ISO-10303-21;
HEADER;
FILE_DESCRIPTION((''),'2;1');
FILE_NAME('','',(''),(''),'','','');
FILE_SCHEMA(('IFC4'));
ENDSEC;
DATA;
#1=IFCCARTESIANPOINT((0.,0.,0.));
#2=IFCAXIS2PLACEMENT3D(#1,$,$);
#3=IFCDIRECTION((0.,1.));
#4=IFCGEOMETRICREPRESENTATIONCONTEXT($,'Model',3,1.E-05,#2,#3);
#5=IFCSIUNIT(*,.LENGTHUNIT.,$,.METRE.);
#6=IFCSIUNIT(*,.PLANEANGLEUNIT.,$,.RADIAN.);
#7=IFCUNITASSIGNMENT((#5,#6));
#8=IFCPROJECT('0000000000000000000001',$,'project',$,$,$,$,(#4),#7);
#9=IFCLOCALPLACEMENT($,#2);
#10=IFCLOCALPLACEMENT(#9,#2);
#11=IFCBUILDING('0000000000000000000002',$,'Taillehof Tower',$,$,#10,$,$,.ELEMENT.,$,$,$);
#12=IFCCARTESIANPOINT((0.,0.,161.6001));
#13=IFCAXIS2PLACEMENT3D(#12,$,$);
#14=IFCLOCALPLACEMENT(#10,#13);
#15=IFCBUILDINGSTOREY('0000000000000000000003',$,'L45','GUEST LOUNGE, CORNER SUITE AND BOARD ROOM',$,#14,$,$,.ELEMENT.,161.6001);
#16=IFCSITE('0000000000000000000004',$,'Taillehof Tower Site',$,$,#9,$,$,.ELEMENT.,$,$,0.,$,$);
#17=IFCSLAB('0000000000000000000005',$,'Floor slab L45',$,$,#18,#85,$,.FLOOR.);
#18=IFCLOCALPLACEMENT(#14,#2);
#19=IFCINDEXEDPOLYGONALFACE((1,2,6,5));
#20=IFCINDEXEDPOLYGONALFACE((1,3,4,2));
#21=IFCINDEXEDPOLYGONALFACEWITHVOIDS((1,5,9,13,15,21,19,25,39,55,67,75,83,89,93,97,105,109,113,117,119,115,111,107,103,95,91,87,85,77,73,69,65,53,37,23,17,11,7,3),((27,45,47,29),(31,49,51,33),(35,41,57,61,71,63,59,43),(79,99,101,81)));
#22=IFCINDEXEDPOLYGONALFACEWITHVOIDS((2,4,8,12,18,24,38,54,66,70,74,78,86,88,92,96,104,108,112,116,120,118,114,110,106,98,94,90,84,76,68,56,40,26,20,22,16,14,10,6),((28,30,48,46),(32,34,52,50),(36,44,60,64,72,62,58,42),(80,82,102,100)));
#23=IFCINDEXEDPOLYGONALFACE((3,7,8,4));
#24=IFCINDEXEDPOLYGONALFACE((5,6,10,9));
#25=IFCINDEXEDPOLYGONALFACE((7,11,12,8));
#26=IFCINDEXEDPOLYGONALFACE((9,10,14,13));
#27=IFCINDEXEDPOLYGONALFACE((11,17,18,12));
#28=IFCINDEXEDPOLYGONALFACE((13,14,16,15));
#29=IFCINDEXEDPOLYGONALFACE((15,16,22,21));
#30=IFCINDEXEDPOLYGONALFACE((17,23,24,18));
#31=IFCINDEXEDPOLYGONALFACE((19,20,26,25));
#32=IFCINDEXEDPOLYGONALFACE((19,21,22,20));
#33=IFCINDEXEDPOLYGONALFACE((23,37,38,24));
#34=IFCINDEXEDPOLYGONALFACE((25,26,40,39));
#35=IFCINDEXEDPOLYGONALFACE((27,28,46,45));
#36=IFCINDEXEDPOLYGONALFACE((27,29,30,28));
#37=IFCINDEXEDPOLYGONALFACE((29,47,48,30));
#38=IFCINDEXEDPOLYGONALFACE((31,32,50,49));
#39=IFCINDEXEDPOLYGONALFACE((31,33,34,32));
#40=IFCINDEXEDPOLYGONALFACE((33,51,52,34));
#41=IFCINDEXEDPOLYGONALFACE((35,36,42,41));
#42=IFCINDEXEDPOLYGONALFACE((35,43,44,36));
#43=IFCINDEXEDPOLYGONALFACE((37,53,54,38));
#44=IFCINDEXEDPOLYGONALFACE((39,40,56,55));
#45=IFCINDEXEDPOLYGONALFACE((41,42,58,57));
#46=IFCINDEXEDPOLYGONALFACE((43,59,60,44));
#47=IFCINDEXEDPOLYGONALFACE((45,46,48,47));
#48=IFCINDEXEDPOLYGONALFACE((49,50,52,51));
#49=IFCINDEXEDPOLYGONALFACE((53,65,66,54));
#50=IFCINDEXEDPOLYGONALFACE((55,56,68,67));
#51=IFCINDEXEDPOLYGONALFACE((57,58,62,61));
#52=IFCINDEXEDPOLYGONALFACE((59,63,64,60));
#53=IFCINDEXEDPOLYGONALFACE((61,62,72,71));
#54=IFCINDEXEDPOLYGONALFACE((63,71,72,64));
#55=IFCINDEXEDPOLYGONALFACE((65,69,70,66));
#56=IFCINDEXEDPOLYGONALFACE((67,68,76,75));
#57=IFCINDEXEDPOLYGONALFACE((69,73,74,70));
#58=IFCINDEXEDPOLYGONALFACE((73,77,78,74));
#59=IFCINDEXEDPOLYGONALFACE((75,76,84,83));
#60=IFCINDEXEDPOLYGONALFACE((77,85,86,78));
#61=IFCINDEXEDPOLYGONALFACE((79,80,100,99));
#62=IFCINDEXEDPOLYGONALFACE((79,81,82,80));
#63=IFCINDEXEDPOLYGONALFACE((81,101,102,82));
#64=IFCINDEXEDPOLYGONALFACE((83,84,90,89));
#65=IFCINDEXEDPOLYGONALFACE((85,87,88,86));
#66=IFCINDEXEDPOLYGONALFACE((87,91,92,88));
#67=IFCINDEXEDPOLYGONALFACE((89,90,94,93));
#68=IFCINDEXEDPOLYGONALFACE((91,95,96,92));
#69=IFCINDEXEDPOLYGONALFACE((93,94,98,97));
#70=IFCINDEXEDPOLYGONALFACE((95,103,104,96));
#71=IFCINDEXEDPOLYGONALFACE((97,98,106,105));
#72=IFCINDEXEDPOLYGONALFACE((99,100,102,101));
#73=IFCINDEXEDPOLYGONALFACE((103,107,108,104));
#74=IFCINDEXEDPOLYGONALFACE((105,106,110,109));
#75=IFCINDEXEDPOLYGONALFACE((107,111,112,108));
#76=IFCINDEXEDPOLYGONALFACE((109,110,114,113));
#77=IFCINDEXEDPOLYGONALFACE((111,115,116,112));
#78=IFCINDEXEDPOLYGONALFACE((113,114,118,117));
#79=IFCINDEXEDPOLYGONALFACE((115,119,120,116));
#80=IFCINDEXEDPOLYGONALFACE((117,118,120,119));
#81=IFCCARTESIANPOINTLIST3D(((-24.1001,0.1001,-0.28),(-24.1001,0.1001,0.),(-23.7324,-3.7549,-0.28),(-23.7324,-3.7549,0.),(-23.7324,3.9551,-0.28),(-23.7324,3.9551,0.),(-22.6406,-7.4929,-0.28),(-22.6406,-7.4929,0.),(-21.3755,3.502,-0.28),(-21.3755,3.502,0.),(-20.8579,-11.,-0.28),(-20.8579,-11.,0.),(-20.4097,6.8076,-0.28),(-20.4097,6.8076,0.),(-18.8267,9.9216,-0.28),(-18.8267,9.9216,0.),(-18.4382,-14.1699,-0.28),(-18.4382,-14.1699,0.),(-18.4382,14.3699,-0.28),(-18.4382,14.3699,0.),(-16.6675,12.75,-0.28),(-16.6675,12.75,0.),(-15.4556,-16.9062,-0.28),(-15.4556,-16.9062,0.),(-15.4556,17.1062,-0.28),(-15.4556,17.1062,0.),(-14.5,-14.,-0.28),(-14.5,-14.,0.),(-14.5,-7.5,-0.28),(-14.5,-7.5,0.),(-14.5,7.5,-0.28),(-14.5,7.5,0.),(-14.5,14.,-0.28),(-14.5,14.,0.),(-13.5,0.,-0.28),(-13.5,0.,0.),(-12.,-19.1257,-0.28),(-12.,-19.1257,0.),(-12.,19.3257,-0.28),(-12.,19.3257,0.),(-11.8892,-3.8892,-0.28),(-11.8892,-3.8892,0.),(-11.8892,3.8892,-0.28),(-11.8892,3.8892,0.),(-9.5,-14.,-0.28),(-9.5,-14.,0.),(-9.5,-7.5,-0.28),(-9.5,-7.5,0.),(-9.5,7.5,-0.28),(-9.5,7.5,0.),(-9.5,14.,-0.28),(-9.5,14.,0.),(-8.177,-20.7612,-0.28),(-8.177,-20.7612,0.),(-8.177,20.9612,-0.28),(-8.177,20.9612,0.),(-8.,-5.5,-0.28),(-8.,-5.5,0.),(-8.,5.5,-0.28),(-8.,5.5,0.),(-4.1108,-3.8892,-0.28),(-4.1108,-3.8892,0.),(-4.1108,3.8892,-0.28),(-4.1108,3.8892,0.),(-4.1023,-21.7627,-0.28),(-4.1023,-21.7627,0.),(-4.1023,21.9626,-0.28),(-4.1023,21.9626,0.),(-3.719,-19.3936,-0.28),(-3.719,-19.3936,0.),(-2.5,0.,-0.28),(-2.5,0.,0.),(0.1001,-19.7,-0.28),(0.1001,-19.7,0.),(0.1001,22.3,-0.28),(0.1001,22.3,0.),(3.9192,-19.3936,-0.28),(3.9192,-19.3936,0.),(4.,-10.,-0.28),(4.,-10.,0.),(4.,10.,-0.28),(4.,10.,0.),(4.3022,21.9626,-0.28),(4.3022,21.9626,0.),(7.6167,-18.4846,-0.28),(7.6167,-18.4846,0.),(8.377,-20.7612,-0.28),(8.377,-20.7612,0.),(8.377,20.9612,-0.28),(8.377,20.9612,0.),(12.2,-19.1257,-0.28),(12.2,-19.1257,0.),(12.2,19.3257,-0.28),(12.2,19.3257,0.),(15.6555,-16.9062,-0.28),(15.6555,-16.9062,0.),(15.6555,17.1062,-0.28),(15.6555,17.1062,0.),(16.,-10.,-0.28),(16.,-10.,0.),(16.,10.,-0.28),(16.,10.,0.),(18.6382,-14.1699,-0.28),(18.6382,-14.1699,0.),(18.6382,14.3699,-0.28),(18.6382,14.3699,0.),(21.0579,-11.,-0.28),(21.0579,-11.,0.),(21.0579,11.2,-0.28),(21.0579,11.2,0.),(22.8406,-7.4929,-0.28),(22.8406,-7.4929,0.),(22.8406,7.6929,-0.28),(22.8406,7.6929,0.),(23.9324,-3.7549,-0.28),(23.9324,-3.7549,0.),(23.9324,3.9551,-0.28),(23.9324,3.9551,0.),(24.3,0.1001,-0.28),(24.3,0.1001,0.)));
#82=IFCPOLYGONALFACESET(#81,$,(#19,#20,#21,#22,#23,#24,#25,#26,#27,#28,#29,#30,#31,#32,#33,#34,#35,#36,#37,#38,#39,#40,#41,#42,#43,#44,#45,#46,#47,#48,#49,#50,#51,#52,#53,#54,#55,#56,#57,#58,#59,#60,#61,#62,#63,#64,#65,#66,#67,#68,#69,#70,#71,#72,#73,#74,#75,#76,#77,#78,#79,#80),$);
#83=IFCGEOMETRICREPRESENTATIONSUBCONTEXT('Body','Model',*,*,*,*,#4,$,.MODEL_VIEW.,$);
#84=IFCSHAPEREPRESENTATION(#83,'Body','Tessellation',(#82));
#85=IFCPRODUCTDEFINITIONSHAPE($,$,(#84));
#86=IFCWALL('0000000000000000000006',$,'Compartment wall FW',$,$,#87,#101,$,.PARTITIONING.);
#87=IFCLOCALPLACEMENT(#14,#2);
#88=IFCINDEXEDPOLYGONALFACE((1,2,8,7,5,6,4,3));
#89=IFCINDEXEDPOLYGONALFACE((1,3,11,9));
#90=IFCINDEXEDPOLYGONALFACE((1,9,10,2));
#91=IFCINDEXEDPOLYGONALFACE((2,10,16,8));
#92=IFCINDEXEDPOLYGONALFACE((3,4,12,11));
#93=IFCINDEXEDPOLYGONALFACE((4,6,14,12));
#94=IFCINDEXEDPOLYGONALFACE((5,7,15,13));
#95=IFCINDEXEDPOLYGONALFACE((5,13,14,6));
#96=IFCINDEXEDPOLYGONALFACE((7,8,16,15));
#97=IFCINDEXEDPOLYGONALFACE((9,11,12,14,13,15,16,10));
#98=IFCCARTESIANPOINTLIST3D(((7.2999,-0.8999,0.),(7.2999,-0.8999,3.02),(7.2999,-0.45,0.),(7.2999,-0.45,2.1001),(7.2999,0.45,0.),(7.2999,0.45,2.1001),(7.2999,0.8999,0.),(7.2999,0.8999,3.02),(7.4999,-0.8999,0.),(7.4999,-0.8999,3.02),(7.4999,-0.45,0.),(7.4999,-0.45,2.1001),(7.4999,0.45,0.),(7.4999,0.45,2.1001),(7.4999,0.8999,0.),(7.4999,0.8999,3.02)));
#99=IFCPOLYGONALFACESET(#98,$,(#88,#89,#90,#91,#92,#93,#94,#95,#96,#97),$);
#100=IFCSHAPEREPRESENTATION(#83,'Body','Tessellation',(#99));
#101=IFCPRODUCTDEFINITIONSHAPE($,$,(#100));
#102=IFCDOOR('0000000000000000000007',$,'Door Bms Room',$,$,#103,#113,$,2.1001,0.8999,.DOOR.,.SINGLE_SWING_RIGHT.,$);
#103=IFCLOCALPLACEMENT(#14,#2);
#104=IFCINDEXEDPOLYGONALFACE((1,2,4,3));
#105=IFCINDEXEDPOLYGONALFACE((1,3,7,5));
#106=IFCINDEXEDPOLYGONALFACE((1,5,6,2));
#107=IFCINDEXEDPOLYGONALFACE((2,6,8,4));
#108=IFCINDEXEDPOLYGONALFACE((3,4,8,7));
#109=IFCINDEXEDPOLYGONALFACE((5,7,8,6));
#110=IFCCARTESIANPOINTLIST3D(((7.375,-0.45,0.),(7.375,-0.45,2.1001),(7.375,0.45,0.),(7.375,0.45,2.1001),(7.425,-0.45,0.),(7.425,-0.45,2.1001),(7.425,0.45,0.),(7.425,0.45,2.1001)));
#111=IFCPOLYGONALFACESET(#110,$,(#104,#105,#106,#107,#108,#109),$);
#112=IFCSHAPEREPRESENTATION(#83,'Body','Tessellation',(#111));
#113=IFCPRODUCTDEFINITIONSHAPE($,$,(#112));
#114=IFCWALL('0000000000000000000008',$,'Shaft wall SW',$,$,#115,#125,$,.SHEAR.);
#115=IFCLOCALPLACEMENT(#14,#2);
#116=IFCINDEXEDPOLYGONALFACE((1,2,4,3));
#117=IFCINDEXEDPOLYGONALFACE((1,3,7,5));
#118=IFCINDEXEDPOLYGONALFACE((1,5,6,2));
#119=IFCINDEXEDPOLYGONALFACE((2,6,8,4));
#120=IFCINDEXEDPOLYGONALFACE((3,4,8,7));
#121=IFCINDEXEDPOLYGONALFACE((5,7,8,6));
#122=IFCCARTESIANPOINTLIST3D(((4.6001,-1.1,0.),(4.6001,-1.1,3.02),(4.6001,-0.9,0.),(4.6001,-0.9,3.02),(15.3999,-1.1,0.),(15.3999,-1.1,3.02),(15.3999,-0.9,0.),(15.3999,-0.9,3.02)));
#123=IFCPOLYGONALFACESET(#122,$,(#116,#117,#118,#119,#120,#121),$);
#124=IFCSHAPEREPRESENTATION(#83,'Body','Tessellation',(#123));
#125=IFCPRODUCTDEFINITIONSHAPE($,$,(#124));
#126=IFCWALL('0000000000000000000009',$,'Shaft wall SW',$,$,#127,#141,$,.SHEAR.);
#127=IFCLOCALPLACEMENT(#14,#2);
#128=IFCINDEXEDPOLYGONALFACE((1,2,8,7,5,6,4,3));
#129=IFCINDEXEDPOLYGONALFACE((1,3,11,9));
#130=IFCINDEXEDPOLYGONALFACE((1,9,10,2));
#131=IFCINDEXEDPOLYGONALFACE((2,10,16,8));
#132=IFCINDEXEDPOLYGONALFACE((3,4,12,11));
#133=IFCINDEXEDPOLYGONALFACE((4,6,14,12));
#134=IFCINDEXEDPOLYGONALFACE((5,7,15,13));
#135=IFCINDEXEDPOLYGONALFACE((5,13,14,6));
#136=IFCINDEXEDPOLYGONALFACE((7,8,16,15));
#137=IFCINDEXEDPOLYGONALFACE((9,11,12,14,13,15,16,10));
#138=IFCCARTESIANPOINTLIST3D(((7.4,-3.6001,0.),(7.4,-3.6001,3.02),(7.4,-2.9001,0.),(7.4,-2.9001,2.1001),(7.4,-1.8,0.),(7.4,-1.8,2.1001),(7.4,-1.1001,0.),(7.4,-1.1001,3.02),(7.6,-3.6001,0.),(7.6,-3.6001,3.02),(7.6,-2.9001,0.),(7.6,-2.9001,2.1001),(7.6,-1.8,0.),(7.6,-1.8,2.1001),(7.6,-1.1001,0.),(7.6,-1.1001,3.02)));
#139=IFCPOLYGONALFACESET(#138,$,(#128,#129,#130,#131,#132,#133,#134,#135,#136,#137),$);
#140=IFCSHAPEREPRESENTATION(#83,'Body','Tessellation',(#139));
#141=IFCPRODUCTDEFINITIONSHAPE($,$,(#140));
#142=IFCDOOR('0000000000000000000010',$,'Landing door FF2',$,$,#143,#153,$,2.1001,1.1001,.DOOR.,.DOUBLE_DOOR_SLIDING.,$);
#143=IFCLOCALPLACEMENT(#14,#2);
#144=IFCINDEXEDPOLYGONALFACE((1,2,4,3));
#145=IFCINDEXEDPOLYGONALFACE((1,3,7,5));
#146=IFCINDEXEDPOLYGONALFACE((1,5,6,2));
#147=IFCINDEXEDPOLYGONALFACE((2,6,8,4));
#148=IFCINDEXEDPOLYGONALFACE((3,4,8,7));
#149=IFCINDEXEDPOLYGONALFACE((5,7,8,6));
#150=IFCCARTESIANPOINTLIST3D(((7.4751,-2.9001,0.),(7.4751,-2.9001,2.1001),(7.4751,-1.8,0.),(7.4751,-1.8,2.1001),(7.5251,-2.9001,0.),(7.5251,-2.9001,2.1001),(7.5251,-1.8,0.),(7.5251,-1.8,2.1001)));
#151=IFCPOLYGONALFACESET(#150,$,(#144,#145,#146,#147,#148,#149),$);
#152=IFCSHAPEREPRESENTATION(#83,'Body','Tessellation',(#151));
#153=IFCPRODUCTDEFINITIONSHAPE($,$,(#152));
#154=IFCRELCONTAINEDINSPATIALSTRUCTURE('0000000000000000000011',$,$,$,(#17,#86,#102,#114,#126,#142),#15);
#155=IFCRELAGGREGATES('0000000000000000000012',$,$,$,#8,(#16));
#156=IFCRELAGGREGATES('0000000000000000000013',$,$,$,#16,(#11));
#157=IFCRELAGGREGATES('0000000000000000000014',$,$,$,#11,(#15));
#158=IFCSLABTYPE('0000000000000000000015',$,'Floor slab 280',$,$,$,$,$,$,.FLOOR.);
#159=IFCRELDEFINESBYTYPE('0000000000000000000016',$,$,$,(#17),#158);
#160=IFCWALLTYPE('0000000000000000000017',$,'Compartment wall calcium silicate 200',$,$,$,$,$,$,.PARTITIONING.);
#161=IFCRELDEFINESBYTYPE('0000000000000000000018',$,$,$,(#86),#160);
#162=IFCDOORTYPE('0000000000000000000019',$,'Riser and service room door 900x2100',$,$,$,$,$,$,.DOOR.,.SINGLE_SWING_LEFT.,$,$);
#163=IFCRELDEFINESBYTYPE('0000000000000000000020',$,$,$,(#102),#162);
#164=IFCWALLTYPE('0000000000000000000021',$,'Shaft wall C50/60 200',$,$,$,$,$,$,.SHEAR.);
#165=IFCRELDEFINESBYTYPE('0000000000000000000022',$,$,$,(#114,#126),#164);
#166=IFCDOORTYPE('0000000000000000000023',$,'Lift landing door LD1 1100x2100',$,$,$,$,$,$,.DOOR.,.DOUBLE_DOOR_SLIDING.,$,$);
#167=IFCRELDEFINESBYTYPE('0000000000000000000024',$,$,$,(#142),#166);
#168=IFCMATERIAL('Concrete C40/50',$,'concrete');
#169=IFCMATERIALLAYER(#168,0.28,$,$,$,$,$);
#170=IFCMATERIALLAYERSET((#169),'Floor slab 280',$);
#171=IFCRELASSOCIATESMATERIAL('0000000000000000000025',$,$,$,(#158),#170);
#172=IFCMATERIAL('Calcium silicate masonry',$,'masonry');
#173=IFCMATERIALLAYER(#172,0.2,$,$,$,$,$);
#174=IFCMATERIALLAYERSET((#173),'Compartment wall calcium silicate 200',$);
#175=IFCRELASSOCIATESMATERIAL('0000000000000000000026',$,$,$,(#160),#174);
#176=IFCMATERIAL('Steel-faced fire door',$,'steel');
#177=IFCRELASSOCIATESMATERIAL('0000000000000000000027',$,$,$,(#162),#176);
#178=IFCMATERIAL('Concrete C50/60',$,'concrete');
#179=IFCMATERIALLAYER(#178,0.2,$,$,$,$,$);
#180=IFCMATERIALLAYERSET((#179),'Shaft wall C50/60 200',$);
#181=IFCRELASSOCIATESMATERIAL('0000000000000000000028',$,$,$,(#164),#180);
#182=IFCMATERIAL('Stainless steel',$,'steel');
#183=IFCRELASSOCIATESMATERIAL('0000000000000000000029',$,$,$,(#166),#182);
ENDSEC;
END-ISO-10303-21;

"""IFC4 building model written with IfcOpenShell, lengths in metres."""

from ifc_helpers import new_model, si_unit, direction, frame, frame_2d, origin, place, context, subcontext, project, spatial, polyline, rectangle, outline, extrude, material, layer, layer_set, type_object, element, fill, save


model = new_model("IFC4")

# Units and contexts
model_context = context("Model", 3, precision=1e-05, world=origin(), true_north=direction((0.0, 1.0)))
body_context = subcontext(model_context, "Body", "Model", "MODEL_VIEW")
ifc_project = project(units=[si_unit("LENGTHUNIT", "METRE"), si_unit("PLANEANGLEUNIT", "RADIAN")], contexts=[model_context])

# Site, building, storey
site_placement = place(None, origin())
site = spatial("IfcSite", under=ifc_project, at=site_placement, Name="Taillehof Tower Site", CompositionType="ELEMENT", RefElevation=0.0)
building_placement = place(site_placement, origin())
building = spatial("IfcBuilding", under=site, at=building_placement, Name="Taillehof Tower", CompositionType="ELEMENT")
storey_placement = place(building_placement, frame((0.0, 0.0, 161.6001)))
storey = spatial("IfcBuildingStorey", under=building, at=storey_placement, Name="L45", Description="GUEST LOUNGE, CORNER SUITE AND BOARD ROOM", CompositionType="ELEMENT", Elevation=161.6001)

# Slab
ifc_material_1 = material(Name="Concrete C40/50", Category="concrete")
ifc_layer_1 = layer(ifc_material_1, 0.28)
ifc_layer_set_1 = layer_set([ifc_layer_1], Name="Floor slab 280")
slab_type_1 = type_object("IfcSlabType", Name="Floor slab 280", PredefinedType="FLOOR", material=ifc_layer_set_1)
slab_1_placement = place(storey_placement, frame((0.0, 0.0, -0.28)))
element("IfcSlab", 1, at=slab_1_placement, inside=storey, type_object=slab_type_1, Name="Floor slab L45", PredefinedType="FLOOR", context=body_context, shape_type="SweptSolid", body=[
    extrude(outline(polyline([(24.3, 0.1001), (23.9324, 3.9551), (22.8406, 7.6929), (21.0579, 11.2), (18.6382, 14.3699), (15.6555, 17.1062), (12.2, 19.3257), (8.377, 20.9612), (4.3022, 21.9626), (0.1001, 22.3), (-4.1023, 21.9626), (-8.177, 20.9612), (-12.0, 19.3257), (-15.4556, 17.1062), (-18.4382, 14.3699), (-16.6675, 12.75), (-18.8267, 9.9216), (-20.4097, 6.8076), (-21.3755, 3.502), (-23.7324, 3.9551), (-24.1001, 0.1001), (-23.7324, -3.7549), (-22.6406, -7.4929), (-20.8579, -11.0), (-18.4382, -14.1699), (-15.4556, -16.9062), (-12.0, -19.1257), (-8.177, -20.7612), (-4.1023, -21.7627), (-3.719, -19.3936), (0.1001, -19.7), (3.9192, -19.3936), (7.6167, -18.4846), (8.377, -20.7612), (12.2, -19.1257), (15.6555, -16.9062), (18.6382, -14.1699), (21.0579, -11.0), (22.8406, -7.4929), (23.9324, -3.7549), (24.3, 0.1001)]), holes=[polyline([(-14.5, -7.5), (-9.5, -7.5), (-9.5, -14.0), (-14.5, -14.0), (-14.5, -7.5)]), polyline([(-8.0, -5.5), (-11.8892, -3.8892), (-13.5, 0.0), (-11.8892, 3.8892), (-8.0, 5.5), (-4.1108, 3.8892), (-2.5, 0.0), (-4.1108, -3.8892), (-8.0, -5.5)]), polyline([(16.0, 10.0), (16.0, -10.0), (4.0, -10.0), (4.0, 10.0), (16.0, 10.0)]), polyline([(-14.5, 14.0), (-9.5, 14.0), (-9.5, 7.5), (-14.5, 7.5), (-14.5, 14.0)])]), origin(), (0.0, 0.0, 1.0), 0.28),
])

# Wall, opening, door
ifc_material_2 = material(Name="Calcium silicate masonry", Category="masonry")
ifc_layer_2 = layer(ifc_material_2, 0.2)
ifc_layer_set_2 = layer_set([ifc_layer_2], Name="Compartment wall calcium silicate 200")
wall_type_1 = type_object("IfcWallType", Name="Compartment wall calcium silicate 200", PredefinedType="PARTITIONING", material=ifc_layer_set_2)
wall_1_placement = place(storey_placement, frame((7.3999, -0.8999, 0.0), z_axis=(0.0, 0.0, 1.0), x_axis=(0.0, 1.0, 0.0)))
wall_1 = element("IfcWall", 2, at=wall_1_placement, inside=storey, type_object=wall_type_1, Name="Compartment wall FW", PredefinedType="PARTITIONING", context=body_context, shape_type="SweptSolid", body=[
    extrude(rectangle(XDim=1.7998, YDim=0.2, at=frame_2d((0.8999, 0.0))), origin(), (0.0, 0.0, 1.0), 3.02),
])
opening_1_placement = place(wall_1_placement, frame((0.45, 0.0, 0.0)))
opening_1 = element("IfcOpeningElement", 3, at=opening_1_placement, cuts=wall_1, PredefinedType="OPENING", context=body_context, shape_type="SweptSolid", body=[
    extrude(rectangle(XDim=0.8999, YDim=2.1001, at=frame_2d((0.45, 1.05))), frame((0.0, 0.1099, 0.0), z_axis=(0.0, -1.0, 0.0), x_axis=(1.0, 0.0, 0.0)), (0.0, 0.0, 1.0), 0.22),
])
ifc_material_3 = material(Name="Steel-faced fire door", Category="steel")
door_type_1 = type_object("IfcDoorType", Name="Riser and service room door 900x2100", OperationType="SINGLE_SWING_LEFT", PredefinedType="DOOR", material=ifc_material_3)
door_1_placement = place(opening_1_placement, origin())
door_1 = element("IfcDoor", 4, at=door_1_placement, inside=storey, type_object=door_type_1, Name="Door Bms Room", OperationType="SINGLE_SWING_RIGHT", OverallHeight=2.1001, OverallWidth=0.8999, PredefinedType="DOOR", context=body_context, shape_type="SweptSolid", body=[
    extrude(rectangle(XDim=0.8999, YDim=2.1001, at=frame_2d((0.45, 1.05))), frame((0.0, 0.0249, 0.0), z_axis=(0.0, -1.0, 0.0), x_axis=(1.0, 0.0, 0.0)), (0.0, 0.0, 1.0), 0.05),
])
fill(opening_1, door_1)

# Wall
ifc_material_4 = material(Name="Concrete C50/60", Category="concrete")
ifc_layer_3 = layer(ifc_material_4, 0.2)
ifc_layer_set_3 = layer_set([ifc_layer_3], Name="Shaft wall C50/60 200")
wall_type_2 = type_object("IfcWallType", Name="Shaft wall C50/60 200", PredefinedType="SHEAR", material=ifc_layer_set_3)
wall_2_placement = place(storey_placement, frame((4.6001, -1.0, 0.0), z_axis=(0.0, 0.0, 1.0), x_axis=(1.0, 0.0, 0.0)))
element("IfcWall", 5, at=wall_2_placement, inside=storey, type_object=wall_type_2, Name="Shaft wall SW", PredefinedType="SHEAR", context=body_context, shape_type="SweptSolid", body=[
    extrude(rectangle(XDim=10.7998, YDim=0.2, at=frame_2d((5.3999, 0.0))), origin(), (0.0, 0.0, 1.0), 3.02),
])

# Wall, opening, door
wall_3_placement = place(storey_placement, frame((7.5, -3.6001, 0.0), z_axis=(0.0, 0.0, 1.0), x_axis=(0.0, 1.0, 0.0)))
wall_3 = element("IfcWall", 6, at=wall_3_placement, inside=storey, type_object=wall_type_2, Name="Shaft wall SW", PredefinedType="SHEAR", context=body_context, shape_type="SweptSolid", body=[
    extrude(rectangle(XDim=2.5, YDim=0.2, at=frame_2d((1.25, 0.0))), origin(), (0.0, 0.0, 1.0), 3.02),
])
opening_2_placement = place(wall_3_placement, frame((0.7, 0.0, 0.0)))
opening_2 = element("IfcOpeningElement", 7, at=opening_2_placement, cuts=wall_3, PredefinedType="OPENING", context=body_context, shape_type="SweptSolid", body=[
    extrude(rectangle(XDim=1.1001, YDim=2.1001, at=frame_2d((0.55, 1.05))), frame((0.0, 0.1099, 0.0), z_axis=(0.0, -1.0, 0.0), x_axis=(1.0, 0.0, 0.0)), (0.0, 0.0, 1.0), 0.22),
])
ifc_material_5 = material(Name="Stainless steel", Category="steel")
door_type_2 = type_object("IfcDoorType", Name="Lift landing door LD1 1100x2100", OperationType="DOUBLE_DOOR_SLIDING", PredefinedType="DOOR", material=ifc_material_5)
door_2_placement = place(opening_2_placement, origin())
door_2 = element("IfcDoor", 8, at=door_2_placement, inside=storey, type_object=door_type_2, Name="Landing door FF2", OperationType="DOUBLE_DOOR_SLIDING", OverallHeight=2.1001, OverallWidth=1.1001, PredefinedType="DOOR", context=body_context, shape_type="SweptSolid", body=[
    extrude(rectangle(XDim=1.1001, YDim=2.1001, at=frame_2d((0.55, 1.05))), frame((0.0, 0.0249, 0.0), z_axis=(0.0, -1.0, 0.0), x_axis=(1.0, 0.0, 0.0)), (0.0, 0.0, 1.0), 0.05),
])
fill(opening_2, door_2)

save(model, "model.ifc")
